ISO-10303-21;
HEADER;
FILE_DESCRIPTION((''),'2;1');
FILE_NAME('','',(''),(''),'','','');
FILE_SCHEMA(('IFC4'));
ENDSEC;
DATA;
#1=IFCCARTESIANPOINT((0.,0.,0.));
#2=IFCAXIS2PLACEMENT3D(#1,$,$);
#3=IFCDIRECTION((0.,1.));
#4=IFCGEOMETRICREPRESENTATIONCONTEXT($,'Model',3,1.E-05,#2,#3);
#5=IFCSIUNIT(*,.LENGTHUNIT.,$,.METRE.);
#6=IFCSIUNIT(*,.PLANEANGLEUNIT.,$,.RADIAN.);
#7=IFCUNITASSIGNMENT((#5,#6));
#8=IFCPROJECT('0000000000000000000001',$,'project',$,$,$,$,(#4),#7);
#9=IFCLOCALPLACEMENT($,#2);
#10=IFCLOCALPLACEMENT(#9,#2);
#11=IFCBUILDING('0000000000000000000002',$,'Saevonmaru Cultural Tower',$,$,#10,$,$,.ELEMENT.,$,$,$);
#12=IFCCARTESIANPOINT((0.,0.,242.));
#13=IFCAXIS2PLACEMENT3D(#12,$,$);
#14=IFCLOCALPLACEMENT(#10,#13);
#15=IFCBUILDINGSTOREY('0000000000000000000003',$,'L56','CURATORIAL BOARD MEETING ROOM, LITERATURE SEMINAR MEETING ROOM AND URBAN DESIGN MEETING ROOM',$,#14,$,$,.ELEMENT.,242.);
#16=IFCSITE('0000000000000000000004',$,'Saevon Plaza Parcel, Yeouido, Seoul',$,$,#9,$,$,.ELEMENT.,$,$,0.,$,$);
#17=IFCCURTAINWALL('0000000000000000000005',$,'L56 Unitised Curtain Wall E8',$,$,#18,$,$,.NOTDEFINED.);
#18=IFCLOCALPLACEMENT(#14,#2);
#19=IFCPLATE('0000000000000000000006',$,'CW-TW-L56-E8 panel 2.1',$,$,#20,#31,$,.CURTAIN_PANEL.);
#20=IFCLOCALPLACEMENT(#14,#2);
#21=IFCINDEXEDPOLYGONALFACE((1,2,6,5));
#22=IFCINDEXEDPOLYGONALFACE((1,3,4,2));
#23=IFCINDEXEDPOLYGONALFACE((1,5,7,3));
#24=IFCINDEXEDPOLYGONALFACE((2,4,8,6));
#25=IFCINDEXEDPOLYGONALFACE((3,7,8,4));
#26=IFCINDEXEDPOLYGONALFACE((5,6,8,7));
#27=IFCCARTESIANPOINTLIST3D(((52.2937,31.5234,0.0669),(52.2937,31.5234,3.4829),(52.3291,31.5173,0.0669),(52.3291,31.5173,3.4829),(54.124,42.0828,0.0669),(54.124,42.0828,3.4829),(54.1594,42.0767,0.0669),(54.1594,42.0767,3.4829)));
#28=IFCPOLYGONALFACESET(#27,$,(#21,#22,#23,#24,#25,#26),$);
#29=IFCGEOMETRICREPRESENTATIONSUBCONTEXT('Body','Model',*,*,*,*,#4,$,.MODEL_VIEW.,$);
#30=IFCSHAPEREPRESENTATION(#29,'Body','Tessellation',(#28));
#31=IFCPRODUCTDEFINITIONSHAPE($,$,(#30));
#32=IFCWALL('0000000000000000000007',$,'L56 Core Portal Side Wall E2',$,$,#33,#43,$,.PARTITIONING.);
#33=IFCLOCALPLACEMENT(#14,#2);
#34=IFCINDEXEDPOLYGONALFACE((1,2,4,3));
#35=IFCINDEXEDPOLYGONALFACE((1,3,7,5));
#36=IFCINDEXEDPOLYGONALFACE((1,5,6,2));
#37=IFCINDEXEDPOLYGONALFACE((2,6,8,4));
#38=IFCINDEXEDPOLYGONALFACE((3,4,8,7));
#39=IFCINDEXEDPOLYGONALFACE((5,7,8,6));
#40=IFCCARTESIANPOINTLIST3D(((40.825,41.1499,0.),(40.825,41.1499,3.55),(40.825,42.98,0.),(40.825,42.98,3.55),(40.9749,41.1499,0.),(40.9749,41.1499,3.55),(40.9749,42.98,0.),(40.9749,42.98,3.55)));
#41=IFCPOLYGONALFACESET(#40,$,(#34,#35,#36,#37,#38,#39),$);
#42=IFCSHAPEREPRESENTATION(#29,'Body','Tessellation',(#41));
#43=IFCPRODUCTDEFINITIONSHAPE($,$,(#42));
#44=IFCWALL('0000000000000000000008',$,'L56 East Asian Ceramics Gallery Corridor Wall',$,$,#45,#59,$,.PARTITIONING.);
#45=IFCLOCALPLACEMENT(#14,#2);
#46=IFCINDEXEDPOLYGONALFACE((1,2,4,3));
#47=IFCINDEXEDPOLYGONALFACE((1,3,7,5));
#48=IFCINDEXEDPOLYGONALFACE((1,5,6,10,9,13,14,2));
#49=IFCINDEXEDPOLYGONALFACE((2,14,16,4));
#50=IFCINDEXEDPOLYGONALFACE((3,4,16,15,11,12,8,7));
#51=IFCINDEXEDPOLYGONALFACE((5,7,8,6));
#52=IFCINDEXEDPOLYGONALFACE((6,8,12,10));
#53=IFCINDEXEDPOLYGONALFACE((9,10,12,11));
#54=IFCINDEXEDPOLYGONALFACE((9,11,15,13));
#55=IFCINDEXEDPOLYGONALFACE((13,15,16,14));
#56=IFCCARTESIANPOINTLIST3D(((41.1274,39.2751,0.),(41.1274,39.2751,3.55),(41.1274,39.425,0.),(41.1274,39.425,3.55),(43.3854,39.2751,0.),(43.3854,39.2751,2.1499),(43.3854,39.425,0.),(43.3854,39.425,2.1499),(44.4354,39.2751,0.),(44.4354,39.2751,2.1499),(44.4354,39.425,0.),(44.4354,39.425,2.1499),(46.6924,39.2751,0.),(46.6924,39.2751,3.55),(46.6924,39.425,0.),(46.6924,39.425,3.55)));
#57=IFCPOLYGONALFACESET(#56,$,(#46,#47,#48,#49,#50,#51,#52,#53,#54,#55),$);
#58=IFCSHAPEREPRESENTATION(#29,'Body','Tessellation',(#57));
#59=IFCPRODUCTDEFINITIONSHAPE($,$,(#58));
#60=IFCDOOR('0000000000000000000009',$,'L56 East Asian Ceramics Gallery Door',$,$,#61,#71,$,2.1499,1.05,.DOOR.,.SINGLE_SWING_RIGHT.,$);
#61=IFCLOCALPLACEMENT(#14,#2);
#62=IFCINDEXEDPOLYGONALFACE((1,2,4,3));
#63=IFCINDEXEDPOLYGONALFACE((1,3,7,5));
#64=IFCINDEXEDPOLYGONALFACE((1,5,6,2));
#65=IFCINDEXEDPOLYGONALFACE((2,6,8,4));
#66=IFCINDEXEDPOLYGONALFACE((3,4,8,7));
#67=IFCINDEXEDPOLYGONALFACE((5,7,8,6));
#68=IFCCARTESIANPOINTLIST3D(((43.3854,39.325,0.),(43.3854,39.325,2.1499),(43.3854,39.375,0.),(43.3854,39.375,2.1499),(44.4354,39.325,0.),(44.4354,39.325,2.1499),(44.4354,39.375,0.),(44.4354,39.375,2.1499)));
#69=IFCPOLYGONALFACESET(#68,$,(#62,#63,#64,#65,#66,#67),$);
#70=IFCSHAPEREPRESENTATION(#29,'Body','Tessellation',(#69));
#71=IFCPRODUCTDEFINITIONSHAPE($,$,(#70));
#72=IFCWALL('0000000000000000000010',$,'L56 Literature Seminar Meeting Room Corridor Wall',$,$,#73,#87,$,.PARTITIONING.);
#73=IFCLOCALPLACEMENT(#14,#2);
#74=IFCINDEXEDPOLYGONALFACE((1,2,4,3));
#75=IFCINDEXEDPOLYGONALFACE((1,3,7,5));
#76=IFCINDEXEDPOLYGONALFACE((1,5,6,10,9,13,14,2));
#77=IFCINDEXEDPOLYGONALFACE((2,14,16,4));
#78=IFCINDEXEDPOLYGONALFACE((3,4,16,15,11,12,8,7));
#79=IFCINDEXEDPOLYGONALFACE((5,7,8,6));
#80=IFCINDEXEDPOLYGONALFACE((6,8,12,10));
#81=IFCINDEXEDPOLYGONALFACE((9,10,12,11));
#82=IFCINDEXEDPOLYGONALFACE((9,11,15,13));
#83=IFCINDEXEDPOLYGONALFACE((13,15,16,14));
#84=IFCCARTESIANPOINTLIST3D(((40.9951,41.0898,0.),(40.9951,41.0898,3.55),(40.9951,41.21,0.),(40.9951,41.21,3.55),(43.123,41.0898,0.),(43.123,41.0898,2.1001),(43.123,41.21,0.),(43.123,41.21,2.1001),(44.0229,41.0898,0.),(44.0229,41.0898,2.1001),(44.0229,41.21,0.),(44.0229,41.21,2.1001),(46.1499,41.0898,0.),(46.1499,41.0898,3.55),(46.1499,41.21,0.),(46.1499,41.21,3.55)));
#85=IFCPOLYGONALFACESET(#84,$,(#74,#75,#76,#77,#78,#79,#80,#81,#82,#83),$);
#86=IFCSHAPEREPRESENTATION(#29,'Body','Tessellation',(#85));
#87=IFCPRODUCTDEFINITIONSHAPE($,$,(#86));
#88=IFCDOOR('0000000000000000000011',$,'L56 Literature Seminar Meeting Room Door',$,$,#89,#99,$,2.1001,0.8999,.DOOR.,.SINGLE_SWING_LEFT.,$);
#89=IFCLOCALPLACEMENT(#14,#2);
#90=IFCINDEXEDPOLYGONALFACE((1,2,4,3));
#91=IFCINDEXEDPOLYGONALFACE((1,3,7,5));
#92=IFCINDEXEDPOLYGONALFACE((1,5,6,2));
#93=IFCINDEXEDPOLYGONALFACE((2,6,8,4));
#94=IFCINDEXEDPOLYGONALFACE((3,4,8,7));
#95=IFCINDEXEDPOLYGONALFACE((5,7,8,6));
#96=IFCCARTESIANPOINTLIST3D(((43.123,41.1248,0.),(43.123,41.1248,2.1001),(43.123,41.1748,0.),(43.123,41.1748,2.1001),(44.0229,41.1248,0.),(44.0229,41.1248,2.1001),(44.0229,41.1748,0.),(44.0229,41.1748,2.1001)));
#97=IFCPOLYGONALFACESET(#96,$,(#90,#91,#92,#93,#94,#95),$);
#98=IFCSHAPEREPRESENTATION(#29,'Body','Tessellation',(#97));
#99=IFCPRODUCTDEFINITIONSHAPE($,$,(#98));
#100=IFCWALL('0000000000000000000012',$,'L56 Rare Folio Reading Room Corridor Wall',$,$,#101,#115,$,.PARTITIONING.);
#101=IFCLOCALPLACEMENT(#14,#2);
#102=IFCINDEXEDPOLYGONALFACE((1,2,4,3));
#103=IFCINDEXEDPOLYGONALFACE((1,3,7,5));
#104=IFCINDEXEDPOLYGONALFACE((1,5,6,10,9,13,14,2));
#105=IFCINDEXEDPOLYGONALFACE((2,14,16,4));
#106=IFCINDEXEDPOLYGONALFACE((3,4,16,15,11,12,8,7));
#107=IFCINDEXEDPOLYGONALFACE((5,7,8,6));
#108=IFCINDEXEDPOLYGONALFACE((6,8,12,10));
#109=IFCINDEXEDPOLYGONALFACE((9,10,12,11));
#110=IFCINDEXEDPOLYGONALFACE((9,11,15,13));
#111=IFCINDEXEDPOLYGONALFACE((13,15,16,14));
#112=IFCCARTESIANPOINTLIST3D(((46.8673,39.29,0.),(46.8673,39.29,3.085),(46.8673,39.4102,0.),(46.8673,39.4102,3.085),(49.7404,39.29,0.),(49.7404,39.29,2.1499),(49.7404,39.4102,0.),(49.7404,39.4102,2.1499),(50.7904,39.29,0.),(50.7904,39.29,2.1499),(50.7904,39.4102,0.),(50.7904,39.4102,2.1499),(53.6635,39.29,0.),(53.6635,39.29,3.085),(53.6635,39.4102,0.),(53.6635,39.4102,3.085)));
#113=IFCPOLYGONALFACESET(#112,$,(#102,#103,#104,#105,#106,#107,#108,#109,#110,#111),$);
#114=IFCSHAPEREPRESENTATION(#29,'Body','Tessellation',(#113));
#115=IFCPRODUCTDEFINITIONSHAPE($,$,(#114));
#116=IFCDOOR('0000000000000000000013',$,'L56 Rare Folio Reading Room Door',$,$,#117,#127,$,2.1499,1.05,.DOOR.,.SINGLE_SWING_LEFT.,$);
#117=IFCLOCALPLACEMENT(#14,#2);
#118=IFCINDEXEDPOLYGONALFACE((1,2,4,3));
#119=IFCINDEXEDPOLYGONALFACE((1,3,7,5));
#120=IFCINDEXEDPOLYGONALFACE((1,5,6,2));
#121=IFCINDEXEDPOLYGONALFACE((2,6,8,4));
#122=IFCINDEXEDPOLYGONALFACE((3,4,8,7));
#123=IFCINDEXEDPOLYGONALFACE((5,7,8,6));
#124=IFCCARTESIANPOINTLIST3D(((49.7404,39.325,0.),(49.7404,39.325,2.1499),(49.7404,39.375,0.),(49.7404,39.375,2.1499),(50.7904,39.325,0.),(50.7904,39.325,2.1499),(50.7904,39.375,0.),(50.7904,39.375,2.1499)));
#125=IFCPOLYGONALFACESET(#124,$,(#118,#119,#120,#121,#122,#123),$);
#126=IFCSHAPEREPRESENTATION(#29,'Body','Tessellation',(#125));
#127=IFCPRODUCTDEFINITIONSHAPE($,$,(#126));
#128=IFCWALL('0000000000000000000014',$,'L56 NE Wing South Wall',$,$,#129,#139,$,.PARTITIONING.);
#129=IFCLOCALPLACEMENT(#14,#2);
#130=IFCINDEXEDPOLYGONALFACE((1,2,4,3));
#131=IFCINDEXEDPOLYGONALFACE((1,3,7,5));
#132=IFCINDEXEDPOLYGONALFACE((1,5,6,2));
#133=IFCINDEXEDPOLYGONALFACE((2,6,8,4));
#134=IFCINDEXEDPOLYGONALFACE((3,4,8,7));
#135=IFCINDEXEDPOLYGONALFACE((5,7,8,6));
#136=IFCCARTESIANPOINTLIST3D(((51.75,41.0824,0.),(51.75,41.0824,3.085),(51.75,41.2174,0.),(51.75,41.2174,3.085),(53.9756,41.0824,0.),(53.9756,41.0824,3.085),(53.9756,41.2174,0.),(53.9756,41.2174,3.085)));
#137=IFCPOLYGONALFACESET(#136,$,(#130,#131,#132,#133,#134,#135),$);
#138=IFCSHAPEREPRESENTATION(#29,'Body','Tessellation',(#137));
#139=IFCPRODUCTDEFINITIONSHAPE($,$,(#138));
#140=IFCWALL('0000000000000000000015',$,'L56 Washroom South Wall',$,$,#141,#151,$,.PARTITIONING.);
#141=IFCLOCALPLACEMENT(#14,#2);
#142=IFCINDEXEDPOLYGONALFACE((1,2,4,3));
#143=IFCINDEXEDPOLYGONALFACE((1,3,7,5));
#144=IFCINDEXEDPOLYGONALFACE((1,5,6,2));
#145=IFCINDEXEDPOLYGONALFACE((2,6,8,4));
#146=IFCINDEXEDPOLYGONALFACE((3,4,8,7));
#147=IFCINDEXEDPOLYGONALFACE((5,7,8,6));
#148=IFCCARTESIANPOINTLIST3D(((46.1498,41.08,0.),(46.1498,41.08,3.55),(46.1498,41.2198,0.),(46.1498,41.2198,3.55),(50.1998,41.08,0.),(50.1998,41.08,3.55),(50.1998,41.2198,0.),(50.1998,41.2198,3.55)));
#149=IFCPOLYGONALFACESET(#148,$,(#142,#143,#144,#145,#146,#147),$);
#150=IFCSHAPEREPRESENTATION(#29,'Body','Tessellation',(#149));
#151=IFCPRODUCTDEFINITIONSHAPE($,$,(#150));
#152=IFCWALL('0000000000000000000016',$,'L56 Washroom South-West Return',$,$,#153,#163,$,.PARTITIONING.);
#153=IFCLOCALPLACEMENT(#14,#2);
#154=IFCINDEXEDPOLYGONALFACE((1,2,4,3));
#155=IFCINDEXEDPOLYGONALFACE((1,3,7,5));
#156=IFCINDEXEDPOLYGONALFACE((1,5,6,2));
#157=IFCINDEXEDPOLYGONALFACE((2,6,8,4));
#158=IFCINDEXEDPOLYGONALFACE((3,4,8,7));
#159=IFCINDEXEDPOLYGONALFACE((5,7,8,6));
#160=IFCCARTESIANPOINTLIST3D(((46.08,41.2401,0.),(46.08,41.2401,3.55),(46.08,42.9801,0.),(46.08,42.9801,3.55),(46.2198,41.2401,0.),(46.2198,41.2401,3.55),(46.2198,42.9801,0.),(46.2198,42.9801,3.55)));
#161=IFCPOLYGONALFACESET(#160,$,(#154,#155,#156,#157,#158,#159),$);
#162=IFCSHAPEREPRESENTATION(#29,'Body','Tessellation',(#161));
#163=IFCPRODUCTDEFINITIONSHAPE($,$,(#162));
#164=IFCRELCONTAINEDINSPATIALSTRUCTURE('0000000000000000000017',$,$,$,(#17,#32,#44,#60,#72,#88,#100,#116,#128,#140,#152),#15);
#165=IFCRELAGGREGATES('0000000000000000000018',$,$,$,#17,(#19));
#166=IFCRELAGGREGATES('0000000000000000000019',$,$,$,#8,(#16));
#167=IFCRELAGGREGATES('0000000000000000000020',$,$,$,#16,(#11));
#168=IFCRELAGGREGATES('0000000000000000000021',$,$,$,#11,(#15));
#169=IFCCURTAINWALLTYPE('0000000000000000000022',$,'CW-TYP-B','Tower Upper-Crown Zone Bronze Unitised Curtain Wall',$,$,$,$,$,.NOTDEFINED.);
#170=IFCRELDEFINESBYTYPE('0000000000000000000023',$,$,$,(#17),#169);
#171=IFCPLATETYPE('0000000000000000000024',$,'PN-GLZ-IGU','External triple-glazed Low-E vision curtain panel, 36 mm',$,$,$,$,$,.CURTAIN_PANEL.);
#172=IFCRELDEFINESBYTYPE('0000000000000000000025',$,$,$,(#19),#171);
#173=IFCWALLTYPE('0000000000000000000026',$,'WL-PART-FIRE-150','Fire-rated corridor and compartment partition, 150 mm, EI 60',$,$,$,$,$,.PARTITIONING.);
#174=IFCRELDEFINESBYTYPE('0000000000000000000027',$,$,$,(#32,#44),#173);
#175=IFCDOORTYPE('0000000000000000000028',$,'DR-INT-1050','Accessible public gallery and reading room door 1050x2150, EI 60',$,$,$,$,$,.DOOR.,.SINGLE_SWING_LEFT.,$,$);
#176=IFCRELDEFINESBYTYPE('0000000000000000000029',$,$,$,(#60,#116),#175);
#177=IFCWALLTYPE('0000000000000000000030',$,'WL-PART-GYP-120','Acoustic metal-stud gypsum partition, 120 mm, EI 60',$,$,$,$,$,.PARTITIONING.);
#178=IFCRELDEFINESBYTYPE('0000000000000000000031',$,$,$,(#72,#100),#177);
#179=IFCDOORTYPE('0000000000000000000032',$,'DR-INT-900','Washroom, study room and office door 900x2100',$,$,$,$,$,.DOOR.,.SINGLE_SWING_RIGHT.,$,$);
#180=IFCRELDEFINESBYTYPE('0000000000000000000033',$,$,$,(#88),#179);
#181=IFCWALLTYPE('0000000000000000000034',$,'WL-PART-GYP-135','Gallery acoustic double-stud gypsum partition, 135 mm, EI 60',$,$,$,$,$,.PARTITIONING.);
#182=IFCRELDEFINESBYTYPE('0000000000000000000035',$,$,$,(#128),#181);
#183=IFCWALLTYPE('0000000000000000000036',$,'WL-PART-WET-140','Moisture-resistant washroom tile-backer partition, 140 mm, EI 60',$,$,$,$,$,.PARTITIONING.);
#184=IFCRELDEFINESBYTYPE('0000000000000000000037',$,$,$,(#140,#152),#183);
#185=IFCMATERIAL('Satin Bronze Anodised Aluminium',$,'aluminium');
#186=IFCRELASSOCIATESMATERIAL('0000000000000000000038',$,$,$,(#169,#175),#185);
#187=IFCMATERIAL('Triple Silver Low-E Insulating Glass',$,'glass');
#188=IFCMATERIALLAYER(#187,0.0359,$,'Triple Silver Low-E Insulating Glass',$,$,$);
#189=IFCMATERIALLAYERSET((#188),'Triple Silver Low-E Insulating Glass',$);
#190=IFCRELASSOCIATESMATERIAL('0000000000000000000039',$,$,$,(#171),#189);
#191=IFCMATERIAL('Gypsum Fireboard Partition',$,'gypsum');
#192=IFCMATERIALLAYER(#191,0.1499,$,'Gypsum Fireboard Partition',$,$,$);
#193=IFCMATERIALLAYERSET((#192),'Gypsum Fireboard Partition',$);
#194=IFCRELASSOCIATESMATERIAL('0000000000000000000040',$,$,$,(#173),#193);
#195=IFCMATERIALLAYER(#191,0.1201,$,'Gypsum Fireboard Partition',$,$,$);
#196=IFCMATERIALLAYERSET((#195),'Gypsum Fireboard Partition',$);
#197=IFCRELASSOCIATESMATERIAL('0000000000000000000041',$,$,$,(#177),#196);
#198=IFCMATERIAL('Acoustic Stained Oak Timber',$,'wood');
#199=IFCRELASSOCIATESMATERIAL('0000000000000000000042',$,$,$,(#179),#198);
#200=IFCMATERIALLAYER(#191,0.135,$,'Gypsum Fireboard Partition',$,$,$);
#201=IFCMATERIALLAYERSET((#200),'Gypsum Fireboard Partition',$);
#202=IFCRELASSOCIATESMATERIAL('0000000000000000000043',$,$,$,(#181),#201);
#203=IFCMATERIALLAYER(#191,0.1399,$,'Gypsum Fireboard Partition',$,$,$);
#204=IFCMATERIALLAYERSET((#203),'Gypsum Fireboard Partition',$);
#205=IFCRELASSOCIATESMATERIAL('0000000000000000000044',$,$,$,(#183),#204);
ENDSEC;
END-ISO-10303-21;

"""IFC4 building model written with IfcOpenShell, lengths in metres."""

from ifc_helpers import new_model, si_unit, direction, frame, frame_2d, origin, origin_2d, place, context, subcontext, project, spatial, rectangle, extrude, material, layer, layer_set, type_object, element, fill, aggregate, save


model = new_model("IFC4")

# Units and contexts
model_context = context("Model", 3, precision=1e-05, world=origin(), true_north=direction((0.0, 1.0)))
body_context = subcontext(model_context, "Body", "Model", "MODEL_VIEW")
ifc_project = project(units=[si_unit("LENGTHUNIT", "METRE"), si_unit("PLANEANGLEUNIT", "RADIAN")], contexts=[model_context])

# Site, building, storey
site_placement = place(None, origin())
site = spatial("IfcSite", under=ifc_project, at=site_placement, Name="Saevon Plaza Parcel, Yeouido, Seoul", CompositionType="ELEMENT", RefElevation=0.0)
building_placement = place(site_placement, origin())
building = spatial("IfcBuilding", under=site, at=building_placement, Name="Saevonmaru Cultural Tower", CompositionType="ELEMENT")
storey_placement = place(building_placement, frame((0.0, 0.0, 242.0)))
storey = spatial("IfcBuildingStorey", under=building, at=storey_placement, Name="L56", Description="CURATORIAL BOARD MEETING ROOM, LITERATURE SEMINAR MEETING ROOM AND URBAN DESIGN MEETING ROOM", CompositionType="ELEMENT", Elevation=242.0)

# Curtain wall, plate
ifc_material_1 = material(Name="Satin Bronze Anodised Aluminium", Category="aluminium")
curtain_wall_type = type_object("IfcCurtainWallType", Name="CW-TYP-B", Description="Tower Upper-Crown Zone Bronze Unitised Curtain Wall", PredefinedType="NOTDEFINED", material=ifc_material_1)
curtain_wall_placement = place(storey_placement, origin())
curtain_wall = element("IfcCurtainWall", 1, at=curtain_wall_placement, inside=storey, type_object=curtain_wall_type, Name="L56 Unitised Curtain Wall E8", PredefinedType="NOTDEFINED")
ifc_material_2 = material(Name="Triple Silver Low-E Insulating Glass", Category="glass")
ifc_layer_1 = layer(ifc_material_2, 0.0359, Name="Triple Silver Low-E Insulating Glass")
ifc_layer_set_1 = layer_set([ifc_layer_1], Name="Triple Silver Low-E Insulating Glass")
plate_type = type_object("IfcPlateType", Name="PN-GLZ-IGU", Description="External triple-glazed Low-E vision curtain panel, 36 mm", PredefinedType="CURTAIN_PANEL", material=ifc_layer_set_1)
plate_placement = place(storey_placement, frame((53.2266, 36.8, 0.0669), z_axis=(0.0, 0.0, 1.0), x_axis=(0.17079, 0.985307, 0.0)))
plate = element("IfcPlate", 2, at=plate_placement, type_object=plate_type, Name="CW-TW-L56-E8 panel 2.1", PredefinedType="CURTAIN_PANEL", context=body_context, shape_type="SweptSolid", body=[
    extrude(rectangle(XDim=10.7168, YDim=0.0359, at=origin_2d()), origin(), (0.0, 0.0, 1.0), 3.416),
])
aggregate(curtain_wall, [plate])

# Shared definitions
ifc_material_3 = material(Name="Gypsum Fireboard Partition", Category="gypsum")
ifc_layer_2 = layer(ifc_material_3, 0.1499, Name="Gypsum Fireboard Partition")
ifc_layer_set_2 = layer_set([ifc_layer_2], Name="Gypsum Fireboard Partition")
wall_type_1 = type_object("IfcWallType", Name="WL-PART-FIRE-150", Description="Fire-rated corridor and compartment partition, 150 mm, EI 60", PredefinedType="PARTITIONING", material=ifc_layer_set_2)
door_type_1 = type_object("IfcDoorType", Name="DR-INT-1050", Description="Accessible public gallery and reading room door 1050x2150, EI 60", OperationType="SINGLE_SWING_LEFT", PredefinedType="DOOR", material=ifc_material_1)

# Wall
wall_1_placement = place(storey_placement, frame((40.8999, 41.1499, 0.0), z_axis=(0.0, 0.0, 1.0), x_axis=(0.0, 1.0, 0.0)))
element("IfcWall", 3, at=wall_1_placement, inside=storey, type_object=wall_type_1, Name="L56 Core Portal Side Wall E2", PredefinedType="PARTITIONING", context=body_context, shape_type="SweptSolid", body=[
    extrude(rectangle(XDim=1.8301, YDim=0.1499, at=frame_2d((0.915, 0.0))), origin(), (0.0, 0.0, 1.0), 3.55),
])

# Walls, openings, doors
wall_2_placement = place(storey_placement, frame((41.1274, 39.3501, 0.0), z_axis=(0.0, 0.0, 1.0), x_axis=(1.0, 0.0, 0.0)))
wall_2 = element("IfcWall", 4, at=wall_2_placement, inside=storey, type_object=wall_type_1, Name="L56 East Asian Ceramics Gallery Corridor Wall", PredefinedType="PARTITIONING", context=body_context, shape_type="SweptSolid", body=[
    extrude(rectangle(XDim=5.5649, YDim=0.1499, at=frame_2d((2.7825, 0.0))), origin(), (0.0, 0.0, 1.0), 3.55),
])
opening_1_placement = place(wall_2_placement, frame((2.2581, 0.0, 0.0)))
opening_1 = element("IfcOpeningElement", 5, at=opening_1_placement, cuts=wall_2, PredefinedType="OPENING", context=body_context, shape_type="SweptSolid", body=[
    extrude(rectangle(XDim=1.05, YDim=2.1499, at=frame_2d((0.5249, 1.075))), frame((0.0, 0.085, 0.0), z_axis=(0.0, -1.0, 0.0), x_axis=(1.0, 0.0, 0.0)), (0.0, 0.0, 1.0), 0.1699),
])
door_1_placement = place(opening_1_placement, origin())
door_1 = element("IfcDoor", 6, at=door_1_placement, inside=storey, type_object=door_type_1, Name="L56 East Asian Ceramics Gallery Door", OperationType="SINGLE_SWING_RIGHT", OverallHeight=2.1499, OverallWidth=1.05, PredefinedType="DOOR", context=body_context, shape_type="SweptSolid", body=[
    extrude(rectangle(XDim=1.05, YDim=2.1499, at=frame_2d((0.5249, 1.075))), frame((0.0, 0.0249, 0.0), z_axis=(0.0, -1.0, 0.0), x_axis=(1.0, 0.0, 0.0)), (0.0, 0.0, 1.0), 0.05),
])
fill(opening_1, door_1)
ifc_layer_3 = layer(ifc_material_3, 0.1201, Name="Gypsum Fireboard Partition")
ifc_layer_set_3 = layer_set([ifc_layer_3], Name="Gypsum Fireboard Partition")
wall_type_2 = type_object("IfcWallType", Name="WL-PART-GYP-120", Description="Acoustic metal-stud gypsum partition, 120 mm, EI 60", PredefinedType="PARTITIONING", material=ifc_layer_set_3)
wall_3_placement = place(storey_placement, frame((40.9951, 41.1499, 0.0), z_axis=(0.0, 0.0, 1.0), x_axis=(1.0, 0.0, 0.0)))
wall_3 = element("IfcWall", 7, at=wall_3_placement, inside=storey, type_object=wall_type_2, Name="L56 Literature Seminar Meeting Room Corridor Wall", PredefinedType="PARTITIONING", context=body_context, shape_type="SweptSolid", body=[
    extrude(rectangle(XDim=5.1548, YDim=0.1201, at=frame_2d((2.5774, 0.0))), origin(), (0.0, 0.0, 1.0), 3.55),
])
opening_2_placement = place(wall_3_placement, frame((2.1279, 0.0, 0.0)))
opening_2 = element("IfcOpeningElement", 8, at=opening_2_placement, cuts=wall_3, PredefinedType="OPENING", context=body_context, shape_type="SweptSolid", body=[
    extrude(rectangle(XDim=0.8999, YDim=2.1001, at=frame_2d((0.45, 1.05))), frame((0.0, 0.0701, 0.0), z_axis=(0.0, -1.0, 0.0), x_axis=(1.0, 0.0, 0.0)), (0.0, 0.0, 1.0), 0.1401),
])
ifc_material_4 = material(Name="Acoustic Stained Oak Timber", Category="wood")
door_type_2 = type_object("IfcDoorType", Name="DR-INT-900", Description="Washroom, study room and office door 900x2100", OperationType="SINGLE_SWING_RIGHT", PredefinedType="DOOR", material=ifc_material_4)
door_2_placement = place(opening_2_placement, origin())
door_2 = element("IfcDoor", 9, at=door_2_placement, inside=storey, type_object=door_type_2, Name="L56 Literature Seminar Meeting Room Door", OperationType="SINGLE_SWING_LEFT", OverallHeight=2.1001, OverallWidth=0.8999, PredefinedType="DOOR", context=body_context, shape_type="SweptSolid", body=[
    extrude(rectangle(XDim=0.8999, YDim=2.1001, at=frame_2d((0.45, 1.05))), frame((0.0, 0.0249, 0.0), z_axis=(0.0, -1.0, 0.0), x_axis=(1.0, 0.0, 0.0)), (0.0, 0.0, 1.0), 0.05),
])
fill(opening_2, door_2)
wall_4_placement = place(storey_placement, frame((46.8674, 39.3501, 0.0), z_axis=(0.0, 0.0, 1.0), x_axis=(1.0, 0.0, 0.0)))
wall_4 = element("IfcWall", 10, at=wall_4_placement, inside=storey, type_object=wall_type_2, Name="L56 Rare Folio Reading Room Corridor Wall", PredefinedType="PARTITIONING", context=body_context, shape_type="SweptSolid", body=[
    extrude(rectangle(XDim=6.7961, YDim=0.1201, at=frame_2d((3.3979, 0.0))), origin(), (0.0, 0.0, 1.0), 3.085),
])
opening_3_placement = place(wall_4_placement, frame((2.873, 0.0, 0.0)))
opening_3 = element("IfcOpeningElement", 11, at=opening_3_placement, cuts=wall_4, PredefinedType="OPENING", context=body_context, shape_type="SweptSolid", body=[
    extrude(rectangle(XDim=1.05, YDim=2.1499, at=frame_2d((0.5249, 1.075))), frame((0.0, 0.0701, 0.0), z_axis=(0.0, -1.0, 0.0), x_axis=(1.0, 0.0, 0.0)), (0.0, 0.0, 1.0), 0.1401),
])
door_3_placement = place(opening_3_placement, origin())
door_3 = element("IfcDoor", 12, at=door_3_placement, inside=storey, type_object=door_type_1, Name="L56 Rare Folio Reading Room Door", OperationType="SINGLE_SWING_LEFT", OverallHeight=2.1499, OverallWidth=1.05, PredefinedType="DOOR", context=body_context, shape_type="SweptSolid", body=[
    extrude(rectangle(XDim=1.05, YDim=2.1499, at=frame_2d((0.5249, 1.075))), frame((0.0, 0.0249, 0.0), z_axis=(0.0, -1.0, 0.0), x_axis=(1.0, 0.0, 0.0)), (0.0, 0.0, 1.0), 0.05),
])
fill(opening_3, door_3)

# Walls
ifc_layer_4 = layer(ifc_material_3, 0.135, Name="Gypsum Fireboard Partition")
ifc_layer_set_4 = layer_set([ifc_layer_4], Name="Gypsum Fireboard Partition")
wall_type_3 = type_object("IfcWallType", Name="WL-PART-GYP-135", Description="Gallery acoustic double-stud gypsum partition, 135 mm, EI 60", PredefinedType="PARTITIONING", material=ifc_layer_set_4)
wall_5_placement = place(storey_placement, frame((51.75, 41.1499, 0.0), z_axis=(0.0, 0.0, 1.0), x_axis=(1.0, 0.0, 0.0)))
element("IfcWall", 13, at=wall_5_placement, inside=storey, type_object=wall_type_3, Name="L56 NE Wing South Wall", PredefinedType="PARTITIONING", context=body_context, shape_type="SweptSolid", body=[
    extrude(rectangle(XDim=2.2256, YDim=0.135, at=frame_2d((1.1128, 0.0))), origin(), (0.0, 0.0, 1.0), 3.085),
])
ifc_layer_5 = layer(ifc_material_3, 0.1399, Name="Gypsum Fireboard Partition")
ifc_layer_set_5 = layer_set([ifc_layer_5], Name="Gypsum Fireboard Partition")
wall_type_4 = type_object("IfcWallType", Name="WL-PART-WET-140", Description="Moisture-resistant washroom tile-backer partition, 140 mm, EI 60", PredefinedType="PARTITIONING", material=ifc_layer_set_5)
wall_6_placement = place(storey_placement, frame((46.1499, 41.1499, 0.0), z_axis=(0.0, 0.0, 1.0), x_axis=(1.0, 0.0, 0.0)))
element("IfcWall", 14, at=wall_6_placement, inside=storey, type_object=wall_type_4, Name="L56 Washroom South Wall", PredefinedType="PARTITIONING", context=body_context, shape_type="SweptSolid", body=[
    extrude(rectangle(XDim=4.05, YDim=0.1399, at=frame_2d((2.0249, 0.0))), origin(), (0.0, 0.0, 1.0), 3.55),
])
wall_7_placement = place(storey_placement, frame((46.1499, 41.24, 0.0), z_axis=(0.0, 0.0, 1.0), x_axis=(0.0, 1.0, 0.0)))
element("IfcWall", 15, at=wall_7_placement, inside=storey, type_object=wall_type_4, Name="L56 Washroom South-West Return", PredefinedType="PARTITIONING", context=body_context, shape_type="SweptSolid", body=[
    extrude(rectangle(XDim=1.74, YDim=0.1399, at=frame_2d((0.8701, 0.0))), origin(), (0.0, 0.0, 1.0), 3.55),
])

save(model, "model.ifc")
